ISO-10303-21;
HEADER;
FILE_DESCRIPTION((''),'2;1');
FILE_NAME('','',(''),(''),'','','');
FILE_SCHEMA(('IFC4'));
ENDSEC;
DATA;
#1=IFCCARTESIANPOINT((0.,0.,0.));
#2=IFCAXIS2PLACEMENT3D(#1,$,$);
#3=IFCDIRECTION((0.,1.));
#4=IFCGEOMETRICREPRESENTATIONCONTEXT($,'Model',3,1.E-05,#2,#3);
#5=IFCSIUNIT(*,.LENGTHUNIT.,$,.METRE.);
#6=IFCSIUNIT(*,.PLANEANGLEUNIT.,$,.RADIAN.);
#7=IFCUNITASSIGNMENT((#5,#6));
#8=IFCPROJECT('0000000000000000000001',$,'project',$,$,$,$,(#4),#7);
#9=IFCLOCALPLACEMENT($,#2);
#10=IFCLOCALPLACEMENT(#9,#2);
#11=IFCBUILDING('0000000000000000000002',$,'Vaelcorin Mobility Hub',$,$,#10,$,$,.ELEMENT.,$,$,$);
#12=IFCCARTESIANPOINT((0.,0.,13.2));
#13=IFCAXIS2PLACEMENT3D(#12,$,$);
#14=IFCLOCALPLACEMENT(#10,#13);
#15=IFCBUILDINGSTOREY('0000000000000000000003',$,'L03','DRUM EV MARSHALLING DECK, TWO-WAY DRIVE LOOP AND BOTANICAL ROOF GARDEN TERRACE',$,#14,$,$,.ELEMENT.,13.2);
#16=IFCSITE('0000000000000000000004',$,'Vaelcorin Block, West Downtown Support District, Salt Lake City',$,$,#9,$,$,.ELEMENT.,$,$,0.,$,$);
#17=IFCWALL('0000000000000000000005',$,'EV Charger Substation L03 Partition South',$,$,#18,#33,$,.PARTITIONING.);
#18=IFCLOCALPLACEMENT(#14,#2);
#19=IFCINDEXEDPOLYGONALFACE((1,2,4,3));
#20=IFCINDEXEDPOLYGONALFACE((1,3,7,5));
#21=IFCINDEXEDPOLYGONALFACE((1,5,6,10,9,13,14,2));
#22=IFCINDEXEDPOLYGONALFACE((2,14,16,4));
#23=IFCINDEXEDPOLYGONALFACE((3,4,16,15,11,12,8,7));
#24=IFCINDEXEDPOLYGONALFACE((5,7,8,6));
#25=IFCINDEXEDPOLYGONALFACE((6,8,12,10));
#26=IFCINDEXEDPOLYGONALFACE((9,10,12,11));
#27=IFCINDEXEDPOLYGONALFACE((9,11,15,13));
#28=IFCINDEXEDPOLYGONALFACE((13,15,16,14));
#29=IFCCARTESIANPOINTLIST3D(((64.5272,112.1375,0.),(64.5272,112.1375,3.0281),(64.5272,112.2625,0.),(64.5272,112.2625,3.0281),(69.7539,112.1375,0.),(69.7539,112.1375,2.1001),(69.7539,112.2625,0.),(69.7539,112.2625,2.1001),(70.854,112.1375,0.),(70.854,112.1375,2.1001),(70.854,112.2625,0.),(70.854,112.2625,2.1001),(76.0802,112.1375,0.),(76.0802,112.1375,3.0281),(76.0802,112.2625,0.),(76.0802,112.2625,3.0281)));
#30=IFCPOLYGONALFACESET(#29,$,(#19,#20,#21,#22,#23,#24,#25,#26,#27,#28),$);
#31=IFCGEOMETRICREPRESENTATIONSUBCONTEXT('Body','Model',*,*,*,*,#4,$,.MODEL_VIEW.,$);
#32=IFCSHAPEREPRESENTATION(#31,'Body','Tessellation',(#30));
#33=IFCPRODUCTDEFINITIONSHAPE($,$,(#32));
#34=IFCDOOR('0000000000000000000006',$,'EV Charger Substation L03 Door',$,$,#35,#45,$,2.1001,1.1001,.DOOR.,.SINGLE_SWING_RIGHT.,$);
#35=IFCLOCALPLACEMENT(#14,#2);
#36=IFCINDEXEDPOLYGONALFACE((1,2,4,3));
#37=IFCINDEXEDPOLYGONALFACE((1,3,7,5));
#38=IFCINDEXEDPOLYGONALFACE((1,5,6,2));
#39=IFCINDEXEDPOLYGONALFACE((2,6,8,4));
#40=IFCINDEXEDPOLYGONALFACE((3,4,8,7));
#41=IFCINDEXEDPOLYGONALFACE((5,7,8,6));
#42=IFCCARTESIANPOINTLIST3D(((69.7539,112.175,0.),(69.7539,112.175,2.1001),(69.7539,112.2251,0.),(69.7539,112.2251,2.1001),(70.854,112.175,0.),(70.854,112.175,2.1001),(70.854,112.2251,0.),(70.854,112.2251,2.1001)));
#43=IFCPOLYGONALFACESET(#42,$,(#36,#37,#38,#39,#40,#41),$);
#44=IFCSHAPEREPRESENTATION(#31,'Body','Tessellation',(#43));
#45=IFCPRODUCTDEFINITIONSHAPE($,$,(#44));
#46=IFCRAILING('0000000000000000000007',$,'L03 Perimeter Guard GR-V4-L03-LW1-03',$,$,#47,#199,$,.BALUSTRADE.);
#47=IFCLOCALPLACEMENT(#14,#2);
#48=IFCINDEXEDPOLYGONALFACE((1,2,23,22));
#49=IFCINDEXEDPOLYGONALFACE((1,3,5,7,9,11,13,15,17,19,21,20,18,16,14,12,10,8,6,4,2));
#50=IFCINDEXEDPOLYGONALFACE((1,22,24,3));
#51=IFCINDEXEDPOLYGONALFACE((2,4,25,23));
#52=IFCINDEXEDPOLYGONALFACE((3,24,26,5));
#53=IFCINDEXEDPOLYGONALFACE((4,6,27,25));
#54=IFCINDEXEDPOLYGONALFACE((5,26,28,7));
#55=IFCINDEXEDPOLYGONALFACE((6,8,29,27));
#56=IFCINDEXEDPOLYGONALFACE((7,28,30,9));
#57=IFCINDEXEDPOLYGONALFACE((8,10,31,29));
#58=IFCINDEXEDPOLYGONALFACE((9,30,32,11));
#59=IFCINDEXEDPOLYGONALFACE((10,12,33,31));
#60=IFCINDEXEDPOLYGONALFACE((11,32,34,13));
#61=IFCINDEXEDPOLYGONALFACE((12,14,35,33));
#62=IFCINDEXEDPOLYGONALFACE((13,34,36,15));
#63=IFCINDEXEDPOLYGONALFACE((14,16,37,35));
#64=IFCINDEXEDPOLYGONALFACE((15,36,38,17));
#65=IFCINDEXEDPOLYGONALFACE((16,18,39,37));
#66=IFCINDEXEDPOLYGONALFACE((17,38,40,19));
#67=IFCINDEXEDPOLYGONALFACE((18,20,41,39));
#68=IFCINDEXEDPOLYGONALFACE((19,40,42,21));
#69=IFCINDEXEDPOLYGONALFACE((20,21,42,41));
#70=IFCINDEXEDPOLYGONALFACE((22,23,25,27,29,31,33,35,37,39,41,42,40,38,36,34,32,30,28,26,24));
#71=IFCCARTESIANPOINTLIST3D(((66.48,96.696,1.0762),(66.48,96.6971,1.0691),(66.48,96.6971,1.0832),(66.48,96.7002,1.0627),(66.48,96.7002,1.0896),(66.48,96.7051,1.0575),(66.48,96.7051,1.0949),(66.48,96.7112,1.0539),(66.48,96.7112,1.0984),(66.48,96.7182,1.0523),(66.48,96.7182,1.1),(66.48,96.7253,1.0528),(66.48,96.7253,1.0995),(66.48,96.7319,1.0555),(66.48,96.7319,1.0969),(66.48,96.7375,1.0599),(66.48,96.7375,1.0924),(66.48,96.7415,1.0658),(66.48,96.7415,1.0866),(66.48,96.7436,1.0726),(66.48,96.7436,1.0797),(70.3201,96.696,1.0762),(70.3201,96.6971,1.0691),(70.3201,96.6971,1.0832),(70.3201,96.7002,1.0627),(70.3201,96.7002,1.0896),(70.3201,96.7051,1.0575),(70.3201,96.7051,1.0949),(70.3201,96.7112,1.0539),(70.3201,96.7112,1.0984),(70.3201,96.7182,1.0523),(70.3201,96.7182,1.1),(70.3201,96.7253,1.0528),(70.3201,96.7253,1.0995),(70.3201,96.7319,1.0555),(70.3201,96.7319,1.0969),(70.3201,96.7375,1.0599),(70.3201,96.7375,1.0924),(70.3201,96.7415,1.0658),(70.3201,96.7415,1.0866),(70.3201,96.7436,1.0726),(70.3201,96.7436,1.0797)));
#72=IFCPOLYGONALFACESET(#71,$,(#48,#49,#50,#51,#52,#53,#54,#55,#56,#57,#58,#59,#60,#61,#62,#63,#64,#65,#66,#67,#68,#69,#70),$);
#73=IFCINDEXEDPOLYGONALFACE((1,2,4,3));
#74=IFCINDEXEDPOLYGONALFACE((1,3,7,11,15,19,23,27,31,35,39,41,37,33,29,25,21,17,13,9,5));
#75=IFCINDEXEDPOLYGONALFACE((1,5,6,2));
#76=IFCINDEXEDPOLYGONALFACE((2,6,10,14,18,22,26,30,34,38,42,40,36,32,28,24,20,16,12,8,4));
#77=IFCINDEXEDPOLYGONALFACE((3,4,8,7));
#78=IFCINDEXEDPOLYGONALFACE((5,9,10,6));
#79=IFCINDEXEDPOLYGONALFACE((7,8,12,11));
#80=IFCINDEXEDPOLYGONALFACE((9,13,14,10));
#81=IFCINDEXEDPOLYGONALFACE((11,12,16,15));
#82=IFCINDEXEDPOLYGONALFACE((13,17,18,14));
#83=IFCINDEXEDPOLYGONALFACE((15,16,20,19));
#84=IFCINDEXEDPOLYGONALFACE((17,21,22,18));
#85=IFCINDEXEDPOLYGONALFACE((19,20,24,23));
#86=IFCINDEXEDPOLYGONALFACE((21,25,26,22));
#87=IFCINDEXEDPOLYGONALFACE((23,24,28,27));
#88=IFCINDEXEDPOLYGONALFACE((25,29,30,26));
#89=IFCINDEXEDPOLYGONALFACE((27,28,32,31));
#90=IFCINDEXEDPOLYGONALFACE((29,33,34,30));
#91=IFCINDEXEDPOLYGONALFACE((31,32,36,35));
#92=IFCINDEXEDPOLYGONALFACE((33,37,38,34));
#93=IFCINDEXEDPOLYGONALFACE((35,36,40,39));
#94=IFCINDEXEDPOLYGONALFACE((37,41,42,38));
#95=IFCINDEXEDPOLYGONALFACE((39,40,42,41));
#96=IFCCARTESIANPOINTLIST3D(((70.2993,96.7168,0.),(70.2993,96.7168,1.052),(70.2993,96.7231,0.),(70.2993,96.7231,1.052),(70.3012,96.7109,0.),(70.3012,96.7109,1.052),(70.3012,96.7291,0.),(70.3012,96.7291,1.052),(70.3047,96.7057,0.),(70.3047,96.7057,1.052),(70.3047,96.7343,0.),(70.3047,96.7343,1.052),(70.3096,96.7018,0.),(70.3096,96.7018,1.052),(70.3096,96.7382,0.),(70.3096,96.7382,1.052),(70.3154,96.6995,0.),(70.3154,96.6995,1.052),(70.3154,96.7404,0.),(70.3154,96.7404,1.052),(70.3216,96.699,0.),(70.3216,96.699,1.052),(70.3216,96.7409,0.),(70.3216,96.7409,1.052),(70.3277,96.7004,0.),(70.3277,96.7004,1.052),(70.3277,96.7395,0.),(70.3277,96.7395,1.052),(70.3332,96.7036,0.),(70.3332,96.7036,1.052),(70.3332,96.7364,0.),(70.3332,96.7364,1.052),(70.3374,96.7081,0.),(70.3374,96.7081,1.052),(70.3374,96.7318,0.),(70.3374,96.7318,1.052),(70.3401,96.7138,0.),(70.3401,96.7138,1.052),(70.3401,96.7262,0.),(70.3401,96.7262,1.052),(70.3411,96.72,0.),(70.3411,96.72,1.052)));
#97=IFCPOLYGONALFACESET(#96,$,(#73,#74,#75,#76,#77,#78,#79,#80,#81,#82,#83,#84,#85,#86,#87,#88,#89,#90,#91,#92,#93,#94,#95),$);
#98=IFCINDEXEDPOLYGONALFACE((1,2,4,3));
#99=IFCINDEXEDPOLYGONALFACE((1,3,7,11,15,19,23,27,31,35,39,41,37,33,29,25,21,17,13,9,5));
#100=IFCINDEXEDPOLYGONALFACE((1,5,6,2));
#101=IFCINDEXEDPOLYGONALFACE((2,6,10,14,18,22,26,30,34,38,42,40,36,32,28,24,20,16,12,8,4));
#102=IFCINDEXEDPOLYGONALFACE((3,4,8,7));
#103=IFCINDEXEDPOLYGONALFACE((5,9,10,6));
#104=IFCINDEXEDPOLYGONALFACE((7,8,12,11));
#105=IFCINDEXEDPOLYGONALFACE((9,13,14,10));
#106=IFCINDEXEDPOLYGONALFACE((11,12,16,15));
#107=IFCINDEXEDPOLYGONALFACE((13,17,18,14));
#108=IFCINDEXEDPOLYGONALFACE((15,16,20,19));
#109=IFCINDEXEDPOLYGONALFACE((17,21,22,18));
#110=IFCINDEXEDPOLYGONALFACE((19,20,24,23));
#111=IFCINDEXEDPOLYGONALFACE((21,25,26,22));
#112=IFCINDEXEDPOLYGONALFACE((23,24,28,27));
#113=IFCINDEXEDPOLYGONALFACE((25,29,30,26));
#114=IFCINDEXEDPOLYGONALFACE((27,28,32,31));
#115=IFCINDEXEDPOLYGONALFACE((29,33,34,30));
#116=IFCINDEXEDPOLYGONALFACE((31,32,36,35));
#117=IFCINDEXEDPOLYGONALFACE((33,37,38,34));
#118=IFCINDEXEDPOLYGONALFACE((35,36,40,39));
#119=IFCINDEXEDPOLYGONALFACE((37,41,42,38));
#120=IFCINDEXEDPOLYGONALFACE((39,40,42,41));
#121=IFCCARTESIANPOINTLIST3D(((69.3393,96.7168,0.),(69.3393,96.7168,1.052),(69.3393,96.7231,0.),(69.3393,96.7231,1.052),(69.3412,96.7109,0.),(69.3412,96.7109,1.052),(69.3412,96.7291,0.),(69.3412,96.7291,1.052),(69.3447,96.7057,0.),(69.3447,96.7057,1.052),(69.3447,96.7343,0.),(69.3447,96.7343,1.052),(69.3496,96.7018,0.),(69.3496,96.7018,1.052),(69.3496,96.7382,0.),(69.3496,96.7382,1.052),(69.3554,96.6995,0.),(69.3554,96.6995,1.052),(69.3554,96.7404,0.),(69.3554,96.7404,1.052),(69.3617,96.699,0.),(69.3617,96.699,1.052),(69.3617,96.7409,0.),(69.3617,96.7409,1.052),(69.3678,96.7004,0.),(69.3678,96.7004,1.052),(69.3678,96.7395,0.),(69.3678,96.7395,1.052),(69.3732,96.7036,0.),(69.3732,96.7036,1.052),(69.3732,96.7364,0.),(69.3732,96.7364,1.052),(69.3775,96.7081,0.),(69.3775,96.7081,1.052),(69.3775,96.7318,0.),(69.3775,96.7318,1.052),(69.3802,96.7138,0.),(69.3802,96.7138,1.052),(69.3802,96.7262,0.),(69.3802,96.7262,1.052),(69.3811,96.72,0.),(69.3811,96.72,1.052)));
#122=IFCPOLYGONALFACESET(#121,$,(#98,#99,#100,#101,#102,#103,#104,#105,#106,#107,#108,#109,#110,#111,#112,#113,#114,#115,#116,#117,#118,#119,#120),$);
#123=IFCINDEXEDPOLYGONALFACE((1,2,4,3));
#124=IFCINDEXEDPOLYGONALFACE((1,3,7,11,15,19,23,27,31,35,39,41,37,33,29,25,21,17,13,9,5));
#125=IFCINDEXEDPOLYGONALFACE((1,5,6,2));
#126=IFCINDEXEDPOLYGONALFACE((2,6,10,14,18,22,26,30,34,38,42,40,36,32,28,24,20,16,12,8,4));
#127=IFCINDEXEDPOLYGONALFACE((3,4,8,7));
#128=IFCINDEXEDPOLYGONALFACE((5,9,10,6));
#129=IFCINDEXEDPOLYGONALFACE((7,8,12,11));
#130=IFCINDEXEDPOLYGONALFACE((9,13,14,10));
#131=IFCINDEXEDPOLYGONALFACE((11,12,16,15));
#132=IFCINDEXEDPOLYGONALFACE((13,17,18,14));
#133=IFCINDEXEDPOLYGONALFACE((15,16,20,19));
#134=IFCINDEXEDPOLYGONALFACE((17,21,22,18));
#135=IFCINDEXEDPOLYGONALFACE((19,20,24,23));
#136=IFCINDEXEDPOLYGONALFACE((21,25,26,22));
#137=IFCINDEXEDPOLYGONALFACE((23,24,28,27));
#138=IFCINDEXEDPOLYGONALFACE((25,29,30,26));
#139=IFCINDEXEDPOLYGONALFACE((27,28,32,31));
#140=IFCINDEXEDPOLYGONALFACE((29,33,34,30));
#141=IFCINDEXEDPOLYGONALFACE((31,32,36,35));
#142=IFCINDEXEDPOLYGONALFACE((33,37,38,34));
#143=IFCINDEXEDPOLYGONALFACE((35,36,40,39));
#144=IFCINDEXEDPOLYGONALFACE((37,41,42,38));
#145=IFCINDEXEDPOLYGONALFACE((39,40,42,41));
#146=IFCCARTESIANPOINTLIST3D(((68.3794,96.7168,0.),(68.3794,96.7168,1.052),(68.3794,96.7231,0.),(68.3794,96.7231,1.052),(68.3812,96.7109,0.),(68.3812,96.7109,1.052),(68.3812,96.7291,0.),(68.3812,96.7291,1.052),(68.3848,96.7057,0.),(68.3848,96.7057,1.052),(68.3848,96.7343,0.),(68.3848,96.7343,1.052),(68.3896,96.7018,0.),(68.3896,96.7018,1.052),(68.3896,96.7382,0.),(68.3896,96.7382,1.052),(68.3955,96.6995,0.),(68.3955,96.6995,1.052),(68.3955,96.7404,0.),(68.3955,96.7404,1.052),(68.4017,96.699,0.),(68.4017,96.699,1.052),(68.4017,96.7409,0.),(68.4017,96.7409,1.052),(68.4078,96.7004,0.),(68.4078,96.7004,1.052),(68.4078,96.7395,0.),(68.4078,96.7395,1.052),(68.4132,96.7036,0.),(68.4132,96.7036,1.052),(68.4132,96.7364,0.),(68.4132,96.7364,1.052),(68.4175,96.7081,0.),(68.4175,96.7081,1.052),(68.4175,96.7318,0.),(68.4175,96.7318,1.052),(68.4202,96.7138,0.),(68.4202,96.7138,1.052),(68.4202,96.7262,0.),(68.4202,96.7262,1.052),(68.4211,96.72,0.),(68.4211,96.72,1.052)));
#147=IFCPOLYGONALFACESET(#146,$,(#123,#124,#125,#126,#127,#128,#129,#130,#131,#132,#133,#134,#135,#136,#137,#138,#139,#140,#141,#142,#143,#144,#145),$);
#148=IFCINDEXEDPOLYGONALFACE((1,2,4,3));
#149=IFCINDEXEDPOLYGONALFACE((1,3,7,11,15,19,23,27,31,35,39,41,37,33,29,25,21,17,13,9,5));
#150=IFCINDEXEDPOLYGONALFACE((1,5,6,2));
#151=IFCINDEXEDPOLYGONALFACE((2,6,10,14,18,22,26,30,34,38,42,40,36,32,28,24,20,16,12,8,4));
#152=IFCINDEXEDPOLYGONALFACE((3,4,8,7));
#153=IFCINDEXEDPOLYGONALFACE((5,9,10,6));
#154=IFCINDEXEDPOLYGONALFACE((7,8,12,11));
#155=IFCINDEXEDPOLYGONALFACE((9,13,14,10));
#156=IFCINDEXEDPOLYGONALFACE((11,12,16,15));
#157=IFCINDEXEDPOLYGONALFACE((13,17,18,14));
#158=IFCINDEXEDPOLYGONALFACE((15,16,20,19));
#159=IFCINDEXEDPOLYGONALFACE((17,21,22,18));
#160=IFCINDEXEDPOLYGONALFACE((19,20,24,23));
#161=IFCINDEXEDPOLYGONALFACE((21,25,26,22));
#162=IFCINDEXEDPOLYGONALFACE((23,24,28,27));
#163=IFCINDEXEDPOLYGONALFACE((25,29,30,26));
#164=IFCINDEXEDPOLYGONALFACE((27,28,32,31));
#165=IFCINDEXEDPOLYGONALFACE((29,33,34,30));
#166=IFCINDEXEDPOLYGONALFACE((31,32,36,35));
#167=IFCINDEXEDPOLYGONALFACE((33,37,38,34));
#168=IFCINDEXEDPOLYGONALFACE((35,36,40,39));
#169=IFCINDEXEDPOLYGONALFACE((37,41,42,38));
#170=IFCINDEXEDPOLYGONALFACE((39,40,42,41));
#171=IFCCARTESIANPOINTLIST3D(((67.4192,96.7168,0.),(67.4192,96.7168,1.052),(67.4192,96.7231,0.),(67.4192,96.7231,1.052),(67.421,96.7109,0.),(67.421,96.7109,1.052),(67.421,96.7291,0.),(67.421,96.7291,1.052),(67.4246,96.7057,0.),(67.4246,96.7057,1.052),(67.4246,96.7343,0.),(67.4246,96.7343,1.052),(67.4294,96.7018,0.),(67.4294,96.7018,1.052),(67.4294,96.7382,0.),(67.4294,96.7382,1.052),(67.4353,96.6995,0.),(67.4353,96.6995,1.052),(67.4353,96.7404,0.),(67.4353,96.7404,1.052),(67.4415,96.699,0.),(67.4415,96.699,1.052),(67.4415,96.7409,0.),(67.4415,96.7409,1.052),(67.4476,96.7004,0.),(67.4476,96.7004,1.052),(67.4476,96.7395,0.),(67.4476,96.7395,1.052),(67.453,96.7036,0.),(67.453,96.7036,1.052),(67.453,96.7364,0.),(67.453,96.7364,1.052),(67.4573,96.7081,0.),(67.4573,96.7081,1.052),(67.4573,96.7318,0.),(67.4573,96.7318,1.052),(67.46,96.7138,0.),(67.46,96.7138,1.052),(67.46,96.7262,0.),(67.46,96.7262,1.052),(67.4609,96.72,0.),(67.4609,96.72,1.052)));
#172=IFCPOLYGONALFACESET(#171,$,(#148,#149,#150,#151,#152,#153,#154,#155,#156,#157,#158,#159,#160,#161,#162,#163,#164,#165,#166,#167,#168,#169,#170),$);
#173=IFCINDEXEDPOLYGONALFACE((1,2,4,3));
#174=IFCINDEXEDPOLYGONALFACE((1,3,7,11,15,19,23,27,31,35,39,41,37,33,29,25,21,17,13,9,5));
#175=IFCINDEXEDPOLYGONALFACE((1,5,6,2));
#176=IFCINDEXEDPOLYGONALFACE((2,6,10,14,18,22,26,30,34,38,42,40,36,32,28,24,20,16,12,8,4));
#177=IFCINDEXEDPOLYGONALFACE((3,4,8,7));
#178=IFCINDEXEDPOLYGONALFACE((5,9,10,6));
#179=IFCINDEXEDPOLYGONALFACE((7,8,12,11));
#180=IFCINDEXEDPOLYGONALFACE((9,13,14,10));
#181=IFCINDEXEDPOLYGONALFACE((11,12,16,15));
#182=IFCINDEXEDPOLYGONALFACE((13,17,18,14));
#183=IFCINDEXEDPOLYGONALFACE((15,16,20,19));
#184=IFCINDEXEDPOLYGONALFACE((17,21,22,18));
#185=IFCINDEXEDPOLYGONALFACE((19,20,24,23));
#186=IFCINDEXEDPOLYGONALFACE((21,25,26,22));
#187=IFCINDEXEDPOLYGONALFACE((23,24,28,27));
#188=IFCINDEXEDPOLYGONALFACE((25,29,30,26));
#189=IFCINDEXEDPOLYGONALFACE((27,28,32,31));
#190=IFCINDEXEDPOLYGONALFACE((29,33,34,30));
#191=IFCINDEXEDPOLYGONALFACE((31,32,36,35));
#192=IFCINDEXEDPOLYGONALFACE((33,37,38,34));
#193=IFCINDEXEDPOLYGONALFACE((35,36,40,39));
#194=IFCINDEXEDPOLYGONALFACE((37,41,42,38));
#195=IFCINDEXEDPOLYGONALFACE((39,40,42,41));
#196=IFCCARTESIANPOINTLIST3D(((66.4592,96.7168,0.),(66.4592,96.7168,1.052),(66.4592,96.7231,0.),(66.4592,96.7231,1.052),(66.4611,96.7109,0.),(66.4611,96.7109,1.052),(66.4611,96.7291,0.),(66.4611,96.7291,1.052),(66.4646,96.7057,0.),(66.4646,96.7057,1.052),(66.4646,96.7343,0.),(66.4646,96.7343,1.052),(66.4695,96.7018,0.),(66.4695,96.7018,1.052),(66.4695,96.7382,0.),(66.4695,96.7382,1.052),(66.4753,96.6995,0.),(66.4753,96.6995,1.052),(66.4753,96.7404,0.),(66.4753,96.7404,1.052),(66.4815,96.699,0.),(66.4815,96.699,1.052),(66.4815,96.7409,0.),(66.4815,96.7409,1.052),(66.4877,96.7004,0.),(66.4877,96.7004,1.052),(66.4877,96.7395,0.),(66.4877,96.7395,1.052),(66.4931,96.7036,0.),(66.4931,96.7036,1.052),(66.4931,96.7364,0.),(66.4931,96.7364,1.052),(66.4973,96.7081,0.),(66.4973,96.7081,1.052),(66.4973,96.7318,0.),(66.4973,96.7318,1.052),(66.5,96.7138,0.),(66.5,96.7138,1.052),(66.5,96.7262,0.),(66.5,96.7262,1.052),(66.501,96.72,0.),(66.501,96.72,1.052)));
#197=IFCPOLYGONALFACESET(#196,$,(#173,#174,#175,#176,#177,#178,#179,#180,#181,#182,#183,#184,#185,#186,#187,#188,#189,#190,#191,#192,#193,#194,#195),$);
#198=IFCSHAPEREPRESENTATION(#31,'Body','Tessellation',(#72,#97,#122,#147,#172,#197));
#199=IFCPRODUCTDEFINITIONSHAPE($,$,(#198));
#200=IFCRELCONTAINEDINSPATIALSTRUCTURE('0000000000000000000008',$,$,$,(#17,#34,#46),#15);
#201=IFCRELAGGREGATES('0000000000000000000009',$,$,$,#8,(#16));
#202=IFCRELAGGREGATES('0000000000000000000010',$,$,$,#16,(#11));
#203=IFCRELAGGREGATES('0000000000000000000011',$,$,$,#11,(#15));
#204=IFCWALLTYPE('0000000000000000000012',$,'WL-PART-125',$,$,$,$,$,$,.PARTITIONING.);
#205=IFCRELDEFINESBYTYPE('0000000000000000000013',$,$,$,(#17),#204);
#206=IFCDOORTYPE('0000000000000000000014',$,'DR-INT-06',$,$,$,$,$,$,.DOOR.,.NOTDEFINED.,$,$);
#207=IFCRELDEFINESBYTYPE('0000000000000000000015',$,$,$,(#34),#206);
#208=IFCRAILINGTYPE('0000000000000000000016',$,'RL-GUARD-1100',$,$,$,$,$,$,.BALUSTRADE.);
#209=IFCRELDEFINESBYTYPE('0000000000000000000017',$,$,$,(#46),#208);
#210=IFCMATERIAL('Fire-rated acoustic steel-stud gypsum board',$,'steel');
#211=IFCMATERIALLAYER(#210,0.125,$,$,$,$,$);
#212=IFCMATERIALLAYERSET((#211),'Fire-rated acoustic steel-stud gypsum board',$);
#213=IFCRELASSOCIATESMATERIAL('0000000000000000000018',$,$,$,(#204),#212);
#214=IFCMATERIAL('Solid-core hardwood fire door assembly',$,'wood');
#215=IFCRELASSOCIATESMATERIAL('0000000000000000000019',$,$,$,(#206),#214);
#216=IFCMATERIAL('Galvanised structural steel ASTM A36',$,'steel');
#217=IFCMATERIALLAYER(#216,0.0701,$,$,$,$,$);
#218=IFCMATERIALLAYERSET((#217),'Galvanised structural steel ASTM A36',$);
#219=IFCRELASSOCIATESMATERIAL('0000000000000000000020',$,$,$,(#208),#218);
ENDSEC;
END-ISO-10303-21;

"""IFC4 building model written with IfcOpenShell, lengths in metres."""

from ifc_helpers import new_model, si_unit, direction, frame, frame_2d, origin, origin_2d, place, context, subcontext, project, spatial, rectangle, circle, extrude, material, layer, layer_set, type_object, element, fill, save


model = new_model("IFC4")

# Units and contexts
model_context = context("Model", 3, precision=1e-05, world=origin(), true_north=direction((0.0, 1.0)))
body_context = subcontext(model_context, "Body", "Model", "MODEL_VIEW")
ifc_project = project(units=[si_unit("LENGTHUNIT", "METRE"), si_unit("PLANEANGLEUNIT", "RADIAN")], contexts=[model_context])

# Site, building, storey
site_placement = place(None, origin())
site = spatial("IfcSite", under=ifc_project, at=site_placement, Name="Vaelcorin Block, West Downtown Support District, Salt Lake City", CompositionType="ELEMENT", RefElevation=0.0)
building_placement = place(site_placement, origin())
building = spatial("IfcBuilding", under=site, at=building_placement, Name="Vaelcorin Mobility Hub", CompositionType="ELEMENT")
storey_placement = place(building_placement, frame((0.0, 0.0, 13.2)))
storey = spatial("IfcBuildingStorey", under=building, at=storey_placement, Name="L03", Description="DRUM EV MARSHALLING DECK, TWO-WAY DRIVE LOOP AND BOTANICAL ROOF GARDEN TERRACE", CompositionType="ELEMENT", Elevation=13.2)

# Wall, opening, door
ifc_material_1 = material(Name="Fire-rated acoustic steel-stud gypsum board", Category="steel")
ifc_layer_1 = layer(ifc_material_1, 0.125)
ifc_layer_set_1 = layer_set([ifc_layer_1], Name="Fire-rated acoustic steel-stud gypsum board")
wall_type = type_object("IfcWallType", Name="WL-PART-125", PredefinedType="PARTITIONING", material=ifc_layer_set_1)
wall_placement = place(storey_placement, frame((76.0801, 112.2, 0.0), z_axis=(0.0, 0.0, 1.0), x_axis=(-1.0, 0.0, 0.0)))
wall = element("IfcWall", 1, at=wall_placement, inside=storey, type_object=wall_type, Name="EV Charger Substation L03 Partition South", PredefinedType="PARTITIONING", context=body_context, shape_type="SweptSolid", body=[
    extrude(rectangle(XDim=11.553, YDim=0.125, at=frame_2d((5.7764, 0.0))), origin(), (0.0, 0.0, 1.0), 3.0281),
])
opening_placement = place(wall_placement, frame((5.2261, 0.0, 0.0)))
opening = element("IfcOpeningElement", 2, at=opening_placement, cuts=wall, PredefinedType="OPENING", context=body_context, shape_type="SweptSolid", body=[
    extrude(rectangle(XDim=1.1001, YDim=2.1001, at=frame_2d((0.55, 1.05))), frame((0.0, 0.0725, 0.0), z_axis=(0.0, -1.0, 0.0), x_axis=(1.0, 0.0, 0.0)), (0.0, 0.0, 1.0), 0.145),
])
ifc_material_2 = material(Name="Solid-core hardwood fire door assembly", Category="wood")
door_type = type_object("IfcDoorType", Name="DR-INT-06", OperationType="NOTDEFINED", PredefinedType="DOOR", material=ifc_material_2)
door_placement = place(opening_placement, origin())
door = element("IfcDoor", 3, at=door_placement, inside=storey, type_object=door_type, Name="EV Charger Substation L03 Door", OperationType="SINGLE_SWING_RIGHT", OverallHeight=2.1001, OverallWidth=1.1001, PredefinedType="DOOR", context=body_context, shape_type="SweptSolid", body=[
    extrude(rectangle(XDim=1.1001, YDim=2.1001, at=frame_2d((0.55, 1.05))), frame((0.0, 0.0249, 0.0), z_axis=(0.0, -1.0, 0.0), x_axis=(1.0, 0.0, 0.0)), (0.0, 0.0, 1.0), 0.05),
])
fill(opening, door)

# Railing
ifc_material_3 = material(Name="Galvanised structural steel ASTM A36", Category="steel")
ifc_layer_2 = layer(ifc_material_3, 0.0701)
ifc_layer_set_2 = layer_set([ifc_layer_2], Name="Galvanised structural steel ASTM A36")
railing_type = type_object("IfcRailingType", Name="RL-GUARD-1100", PredefinedType="BALUSTRADE", material=ifc_layer_set_2)
railing_1_placement = place(storey_placement, frame((70.3201, 96.72, 0.0)))
element("IfcRailing", 4, at=railing_1_placement, inside=storey, type_object=railing_type, Name="L03 Perimeter Guard GR-V4-L03-LW1-03", PredefinedType="BALUSTRADE", context=body_context, shape_type="SweptSolid", body=[
    extrude(circle(Radius=0.0239, at=origin_2d()), frame((0.0, 0.0, 1.0762), z_axis=(-1.0, 0.0, 0.0), x_axis=(0.0, -1.0, 0.0)), (0.0, 0.0, 1.0), 3.8401),
    extrude(circle(Radius=0.021, at=origin_2d()), origin(), (0.0, 0.0, 1.0), 1.052),
    extrude(circle(Radius=0.021, at=origin_2d()), frame((-0.96, 0.0, 0.0)), (0.0, 0.0, 1.0), 1.052),
    extrude(circle(Radius=0.021, at=origin_2d()), frame((-1.9199, 0.0, 0.0)), (0.0, 0.0, 1.0), 1.052),
    extrude(circle(Radius=0.021, at=origin_2d()), frame((-2.8801, 0.0, 0.0)), (0.0, 0.0, 1.0), 1.052),
    extrude(circle(Radius=0.021, at=origin_2d()), frame((-3.8401, 0.0, 0.0)), (0.0, 0.0, 1.0), 1.052),
])

save(model, "model.ifc")
